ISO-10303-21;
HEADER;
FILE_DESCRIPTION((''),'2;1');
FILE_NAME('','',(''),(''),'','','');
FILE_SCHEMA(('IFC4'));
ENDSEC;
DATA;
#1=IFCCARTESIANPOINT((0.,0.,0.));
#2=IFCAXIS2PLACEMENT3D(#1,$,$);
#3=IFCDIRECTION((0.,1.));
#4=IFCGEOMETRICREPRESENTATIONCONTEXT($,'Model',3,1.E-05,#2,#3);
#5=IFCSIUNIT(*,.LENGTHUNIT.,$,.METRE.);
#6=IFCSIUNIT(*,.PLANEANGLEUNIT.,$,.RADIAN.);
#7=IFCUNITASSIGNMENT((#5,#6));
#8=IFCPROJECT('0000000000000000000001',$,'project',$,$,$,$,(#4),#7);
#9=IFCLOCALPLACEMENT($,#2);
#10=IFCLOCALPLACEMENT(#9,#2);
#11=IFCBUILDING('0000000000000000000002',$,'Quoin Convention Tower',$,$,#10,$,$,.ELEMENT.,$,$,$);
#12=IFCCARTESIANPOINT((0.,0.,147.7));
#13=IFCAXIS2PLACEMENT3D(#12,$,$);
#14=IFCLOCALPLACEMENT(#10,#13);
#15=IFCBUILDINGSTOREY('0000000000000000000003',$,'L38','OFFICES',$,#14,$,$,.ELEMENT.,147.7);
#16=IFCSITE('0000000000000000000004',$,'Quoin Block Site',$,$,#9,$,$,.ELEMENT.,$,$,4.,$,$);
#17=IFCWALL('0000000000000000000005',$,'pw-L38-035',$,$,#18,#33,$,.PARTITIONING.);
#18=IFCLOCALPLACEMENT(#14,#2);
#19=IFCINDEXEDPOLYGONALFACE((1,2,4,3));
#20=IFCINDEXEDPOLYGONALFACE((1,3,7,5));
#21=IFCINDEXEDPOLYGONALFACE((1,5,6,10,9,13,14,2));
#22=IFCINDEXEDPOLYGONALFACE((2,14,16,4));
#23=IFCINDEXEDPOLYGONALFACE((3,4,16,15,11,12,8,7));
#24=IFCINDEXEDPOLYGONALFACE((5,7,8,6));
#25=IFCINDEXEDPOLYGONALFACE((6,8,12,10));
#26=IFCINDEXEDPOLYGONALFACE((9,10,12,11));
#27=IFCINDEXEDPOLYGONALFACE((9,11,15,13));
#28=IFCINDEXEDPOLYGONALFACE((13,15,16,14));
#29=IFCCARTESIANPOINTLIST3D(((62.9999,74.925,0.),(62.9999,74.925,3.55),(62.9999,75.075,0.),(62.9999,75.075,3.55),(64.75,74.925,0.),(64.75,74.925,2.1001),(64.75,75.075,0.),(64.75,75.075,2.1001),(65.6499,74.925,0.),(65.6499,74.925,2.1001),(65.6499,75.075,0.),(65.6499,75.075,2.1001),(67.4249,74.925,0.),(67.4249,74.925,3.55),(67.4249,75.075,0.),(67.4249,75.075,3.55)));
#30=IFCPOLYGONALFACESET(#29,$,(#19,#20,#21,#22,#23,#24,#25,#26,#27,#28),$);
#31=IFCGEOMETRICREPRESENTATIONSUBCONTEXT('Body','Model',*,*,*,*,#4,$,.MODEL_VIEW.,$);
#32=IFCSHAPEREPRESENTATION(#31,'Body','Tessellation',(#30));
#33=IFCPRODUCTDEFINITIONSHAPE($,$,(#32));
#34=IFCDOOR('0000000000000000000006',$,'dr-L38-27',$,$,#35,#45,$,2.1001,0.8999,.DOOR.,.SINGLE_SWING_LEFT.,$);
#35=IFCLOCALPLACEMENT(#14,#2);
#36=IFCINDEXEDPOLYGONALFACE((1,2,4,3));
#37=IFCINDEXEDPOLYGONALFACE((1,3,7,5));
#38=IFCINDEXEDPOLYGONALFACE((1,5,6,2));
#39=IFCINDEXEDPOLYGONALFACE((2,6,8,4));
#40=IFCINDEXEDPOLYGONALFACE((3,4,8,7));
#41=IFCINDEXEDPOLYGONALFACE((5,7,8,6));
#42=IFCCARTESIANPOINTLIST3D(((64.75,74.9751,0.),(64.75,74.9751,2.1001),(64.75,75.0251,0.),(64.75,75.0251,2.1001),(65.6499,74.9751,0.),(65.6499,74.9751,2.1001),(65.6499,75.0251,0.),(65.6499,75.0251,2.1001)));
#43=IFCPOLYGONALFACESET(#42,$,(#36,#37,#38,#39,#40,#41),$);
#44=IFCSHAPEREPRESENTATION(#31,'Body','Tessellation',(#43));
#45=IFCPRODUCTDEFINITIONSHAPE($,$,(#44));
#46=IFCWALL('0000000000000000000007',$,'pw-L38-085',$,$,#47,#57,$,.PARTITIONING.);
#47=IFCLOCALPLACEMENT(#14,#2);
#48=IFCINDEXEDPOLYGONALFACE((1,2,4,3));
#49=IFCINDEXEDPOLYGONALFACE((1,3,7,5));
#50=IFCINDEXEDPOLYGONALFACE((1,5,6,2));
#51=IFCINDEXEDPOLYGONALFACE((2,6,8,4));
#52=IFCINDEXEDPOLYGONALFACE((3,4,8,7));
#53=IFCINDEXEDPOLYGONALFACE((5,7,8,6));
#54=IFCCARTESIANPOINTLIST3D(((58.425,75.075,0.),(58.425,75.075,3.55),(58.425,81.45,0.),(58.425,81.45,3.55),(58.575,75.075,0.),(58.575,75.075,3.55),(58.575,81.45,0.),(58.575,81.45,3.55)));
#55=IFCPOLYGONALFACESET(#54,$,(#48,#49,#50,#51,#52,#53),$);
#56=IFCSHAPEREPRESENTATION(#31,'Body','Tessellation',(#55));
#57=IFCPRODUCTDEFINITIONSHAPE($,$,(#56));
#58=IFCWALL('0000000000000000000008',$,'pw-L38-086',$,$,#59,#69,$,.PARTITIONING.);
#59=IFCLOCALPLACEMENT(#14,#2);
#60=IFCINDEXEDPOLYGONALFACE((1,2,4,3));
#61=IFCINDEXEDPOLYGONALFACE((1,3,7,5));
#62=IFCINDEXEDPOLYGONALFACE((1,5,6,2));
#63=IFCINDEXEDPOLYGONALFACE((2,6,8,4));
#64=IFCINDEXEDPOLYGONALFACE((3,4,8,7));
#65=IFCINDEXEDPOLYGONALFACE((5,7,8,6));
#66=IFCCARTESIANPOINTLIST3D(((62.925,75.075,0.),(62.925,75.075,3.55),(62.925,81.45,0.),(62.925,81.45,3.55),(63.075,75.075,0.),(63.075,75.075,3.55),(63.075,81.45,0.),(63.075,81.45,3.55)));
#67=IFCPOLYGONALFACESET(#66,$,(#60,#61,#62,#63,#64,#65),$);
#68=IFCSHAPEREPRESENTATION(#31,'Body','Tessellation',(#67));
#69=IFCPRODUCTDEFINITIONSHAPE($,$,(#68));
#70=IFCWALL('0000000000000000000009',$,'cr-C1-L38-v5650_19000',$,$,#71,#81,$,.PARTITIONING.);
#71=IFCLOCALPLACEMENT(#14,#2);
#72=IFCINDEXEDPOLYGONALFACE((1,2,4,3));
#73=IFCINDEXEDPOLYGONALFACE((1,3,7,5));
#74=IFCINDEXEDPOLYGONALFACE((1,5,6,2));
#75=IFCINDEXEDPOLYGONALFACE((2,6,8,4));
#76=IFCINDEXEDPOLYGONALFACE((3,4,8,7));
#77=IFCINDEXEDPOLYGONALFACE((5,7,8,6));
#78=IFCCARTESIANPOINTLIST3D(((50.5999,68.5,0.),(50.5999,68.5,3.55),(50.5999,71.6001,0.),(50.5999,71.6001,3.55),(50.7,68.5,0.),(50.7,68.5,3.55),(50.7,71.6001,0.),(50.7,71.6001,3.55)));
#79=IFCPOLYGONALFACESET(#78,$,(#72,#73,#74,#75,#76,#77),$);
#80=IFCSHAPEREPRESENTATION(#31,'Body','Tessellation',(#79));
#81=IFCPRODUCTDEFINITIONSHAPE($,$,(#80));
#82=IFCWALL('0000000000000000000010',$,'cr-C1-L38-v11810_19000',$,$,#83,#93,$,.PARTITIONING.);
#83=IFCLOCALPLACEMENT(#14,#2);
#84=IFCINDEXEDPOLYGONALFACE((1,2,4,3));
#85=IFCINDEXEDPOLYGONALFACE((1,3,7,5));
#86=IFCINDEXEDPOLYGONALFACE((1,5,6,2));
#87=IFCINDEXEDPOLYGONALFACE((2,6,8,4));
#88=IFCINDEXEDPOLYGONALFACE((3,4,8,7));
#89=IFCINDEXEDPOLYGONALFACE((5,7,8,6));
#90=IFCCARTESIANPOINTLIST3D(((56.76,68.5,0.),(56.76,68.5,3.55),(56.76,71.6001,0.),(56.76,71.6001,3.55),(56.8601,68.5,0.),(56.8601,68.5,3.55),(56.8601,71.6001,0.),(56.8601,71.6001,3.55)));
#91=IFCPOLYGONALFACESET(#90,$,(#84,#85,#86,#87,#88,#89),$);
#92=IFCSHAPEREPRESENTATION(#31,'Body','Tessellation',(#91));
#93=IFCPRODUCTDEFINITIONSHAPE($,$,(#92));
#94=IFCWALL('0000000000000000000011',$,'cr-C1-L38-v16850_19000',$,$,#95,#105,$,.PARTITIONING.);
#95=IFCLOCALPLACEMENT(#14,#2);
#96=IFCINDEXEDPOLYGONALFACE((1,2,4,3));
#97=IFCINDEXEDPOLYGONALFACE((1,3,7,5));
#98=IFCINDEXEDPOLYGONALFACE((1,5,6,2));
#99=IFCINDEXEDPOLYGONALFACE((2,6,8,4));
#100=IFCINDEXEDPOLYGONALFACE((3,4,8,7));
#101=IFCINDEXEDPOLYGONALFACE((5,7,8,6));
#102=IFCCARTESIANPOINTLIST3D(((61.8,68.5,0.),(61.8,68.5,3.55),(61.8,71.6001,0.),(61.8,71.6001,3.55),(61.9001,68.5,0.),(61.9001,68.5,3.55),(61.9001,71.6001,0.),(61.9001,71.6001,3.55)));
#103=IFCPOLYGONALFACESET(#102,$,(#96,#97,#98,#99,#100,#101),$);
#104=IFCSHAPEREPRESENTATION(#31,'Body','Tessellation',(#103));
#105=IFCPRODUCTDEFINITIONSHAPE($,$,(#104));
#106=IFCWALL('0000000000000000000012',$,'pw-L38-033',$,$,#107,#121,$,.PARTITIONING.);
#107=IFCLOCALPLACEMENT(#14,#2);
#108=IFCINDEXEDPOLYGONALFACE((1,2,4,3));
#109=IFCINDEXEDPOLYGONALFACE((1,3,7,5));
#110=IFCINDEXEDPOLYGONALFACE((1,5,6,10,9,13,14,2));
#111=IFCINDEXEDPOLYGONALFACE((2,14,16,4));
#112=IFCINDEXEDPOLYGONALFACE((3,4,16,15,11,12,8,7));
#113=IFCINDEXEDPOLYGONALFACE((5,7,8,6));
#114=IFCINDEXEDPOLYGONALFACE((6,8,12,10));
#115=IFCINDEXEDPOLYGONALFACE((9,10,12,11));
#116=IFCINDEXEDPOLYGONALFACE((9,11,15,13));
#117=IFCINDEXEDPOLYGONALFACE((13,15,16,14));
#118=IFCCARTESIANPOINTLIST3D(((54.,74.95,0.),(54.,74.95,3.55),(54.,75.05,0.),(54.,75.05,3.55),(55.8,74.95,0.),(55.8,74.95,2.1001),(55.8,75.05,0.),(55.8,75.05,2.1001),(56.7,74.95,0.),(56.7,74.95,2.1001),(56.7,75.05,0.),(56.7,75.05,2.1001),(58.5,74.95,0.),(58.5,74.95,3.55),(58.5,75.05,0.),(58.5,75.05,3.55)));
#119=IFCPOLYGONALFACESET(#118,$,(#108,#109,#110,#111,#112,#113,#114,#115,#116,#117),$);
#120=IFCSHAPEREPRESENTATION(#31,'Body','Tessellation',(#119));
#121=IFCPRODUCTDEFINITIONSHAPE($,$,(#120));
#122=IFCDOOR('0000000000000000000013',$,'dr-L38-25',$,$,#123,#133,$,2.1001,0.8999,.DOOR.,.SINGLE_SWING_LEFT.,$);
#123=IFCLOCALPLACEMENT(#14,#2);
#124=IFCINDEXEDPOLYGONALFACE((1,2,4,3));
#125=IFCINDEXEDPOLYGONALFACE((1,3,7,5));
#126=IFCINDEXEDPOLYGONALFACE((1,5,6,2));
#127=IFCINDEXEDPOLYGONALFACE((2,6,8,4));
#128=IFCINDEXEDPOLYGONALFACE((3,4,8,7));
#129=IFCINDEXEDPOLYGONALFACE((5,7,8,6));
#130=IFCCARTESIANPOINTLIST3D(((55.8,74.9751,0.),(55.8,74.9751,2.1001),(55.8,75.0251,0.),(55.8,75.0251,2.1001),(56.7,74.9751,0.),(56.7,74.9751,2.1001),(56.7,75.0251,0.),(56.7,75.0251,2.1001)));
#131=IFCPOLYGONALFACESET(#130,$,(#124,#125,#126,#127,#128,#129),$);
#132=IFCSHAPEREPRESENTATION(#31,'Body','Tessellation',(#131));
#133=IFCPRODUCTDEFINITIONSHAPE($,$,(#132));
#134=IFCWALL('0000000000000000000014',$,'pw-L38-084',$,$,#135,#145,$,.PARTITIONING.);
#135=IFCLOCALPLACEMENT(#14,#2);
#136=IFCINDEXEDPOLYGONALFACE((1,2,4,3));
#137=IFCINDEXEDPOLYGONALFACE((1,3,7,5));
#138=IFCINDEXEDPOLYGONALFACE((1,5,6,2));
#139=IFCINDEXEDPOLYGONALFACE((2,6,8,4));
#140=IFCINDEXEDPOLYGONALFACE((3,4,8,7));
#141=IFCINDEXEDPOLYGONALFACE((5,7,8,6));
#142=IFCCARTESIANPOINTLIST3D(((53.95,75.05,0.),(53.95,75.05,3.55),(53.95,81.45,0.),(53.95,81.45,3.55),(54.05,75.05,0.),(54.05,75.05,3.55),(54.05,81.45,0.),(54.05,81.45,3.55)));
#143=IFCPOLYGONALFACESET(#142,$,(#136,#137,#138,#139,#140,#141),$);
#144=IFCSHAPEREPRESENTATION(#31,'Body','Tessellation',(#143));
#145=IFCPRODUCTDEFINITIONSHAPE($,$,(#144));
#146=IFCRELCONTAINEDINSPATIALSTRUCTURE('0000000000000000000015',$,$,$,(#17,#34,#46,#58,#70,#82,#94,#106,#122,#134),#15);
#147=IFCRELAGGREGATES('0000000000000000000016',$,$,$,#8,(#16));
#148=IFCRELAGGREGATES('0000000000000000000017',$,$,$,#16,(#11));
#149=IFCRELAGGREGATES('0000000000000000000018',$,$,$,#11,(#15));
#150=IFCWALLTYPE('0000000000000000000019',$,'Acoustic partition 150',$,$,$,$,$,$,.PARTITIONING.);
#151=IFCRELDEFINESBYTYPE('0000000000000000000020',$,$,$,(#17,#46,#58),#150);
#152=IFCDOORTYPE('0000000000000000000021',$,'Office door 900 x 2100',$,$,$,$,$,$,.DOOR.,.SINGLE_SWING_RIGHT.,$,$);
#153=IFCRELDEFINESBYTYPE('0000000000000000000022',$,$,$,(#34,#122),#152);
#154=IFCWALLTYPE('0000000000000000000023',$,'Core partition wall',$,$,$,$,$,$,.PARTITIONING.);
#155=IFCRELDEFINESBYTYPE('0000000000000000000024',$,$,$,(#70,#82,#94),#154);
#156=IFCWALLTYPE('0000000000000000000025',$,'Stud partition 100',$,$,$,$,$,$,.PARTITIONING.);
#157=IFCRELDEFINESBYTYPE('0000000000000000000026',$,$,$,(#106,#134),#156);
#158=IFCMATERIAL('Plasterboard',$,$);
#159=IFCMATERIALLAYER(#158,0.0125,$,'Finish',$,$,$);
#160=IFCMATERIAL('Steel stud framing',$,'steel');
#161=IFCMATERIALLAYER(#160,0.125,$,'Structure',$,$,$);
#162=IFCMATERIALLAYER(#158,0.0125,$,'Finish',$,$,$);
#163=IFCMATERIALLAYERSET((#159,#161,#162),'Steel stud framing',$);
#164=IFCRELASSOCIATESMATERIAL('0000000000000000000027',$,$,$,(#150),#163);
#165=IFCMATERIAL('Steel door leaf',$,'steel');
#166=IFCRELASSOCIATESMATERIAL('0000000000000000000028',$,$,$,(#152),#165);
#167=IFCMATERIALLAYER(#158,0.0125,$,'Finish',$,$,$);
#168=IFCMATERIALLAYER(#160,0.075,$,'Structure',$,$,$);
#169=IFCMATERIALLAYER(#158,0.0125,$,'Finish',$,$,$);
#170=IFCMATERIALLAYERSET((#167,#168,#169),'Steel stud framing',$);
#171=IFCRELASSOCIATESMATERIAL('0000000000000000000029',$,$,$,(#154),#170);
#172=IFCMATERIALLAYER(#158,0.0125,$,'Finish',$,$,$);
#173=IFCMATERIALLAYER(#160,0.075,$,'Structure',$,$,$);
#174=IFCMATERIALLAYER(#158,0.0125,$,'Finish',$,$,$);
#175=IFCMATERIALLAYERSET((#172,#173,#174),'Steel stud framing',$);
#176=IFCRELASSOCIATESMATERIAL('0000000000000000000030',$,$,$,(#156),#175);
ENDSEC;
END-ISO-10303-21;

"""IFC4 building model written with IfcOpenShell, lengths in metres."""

from ifc_helpers import new_model, si_unit, direction, frame, frame_2d, origin, place, context, subcontext, project, spatial, rectangle, extrude, material, layer, layer_set, type_object, element, fill, save


model = new_model("IFC4")

# Units and contexts
model_context = context("Model", 3, precision=1e-05, world=origin(), true_north=direction((0.0, 1.0)))
body_context = subcontext(model_context, "Body", "Model", "MODEL_VIEW")
ifc_project = project(units=[si_unit("LENGTHUNIT", "METRE"), si_unit("PLANEANGLEUNIT", "RADIAN")], contexts=[model_context])

# Site, building, storey
site_placement = place(None, origin())
site = spatial("IfcSite", under=ifc_project, at=site_placement, Name="Quoin Block Site", CompositionType="ELEMENT", RefElevation=4.0)
building_placement = place(site_placement, origin())
building = spatial("IfcBuilding", under=site, at=building_placement, Name="Quoin Convention Tower", CompositionType="ELEMENT")
storey_placement = place(building_placement, frame((0.0, 0.0, 147.7)))
storey = spatial("IfcBuildingStorey", under=building, at=storey_placement, Name="L38", Description="OFFICES", CompositionType="ELEMENT", Elevation=147.7)

# Wall, opening, door
ifc_material_1 = material(Name="Plasterboard")
ifc_layer_1 = layer(ifc_material_1, 0.0125, Name="Finish")
ifc_material_2 = material(Name="Steel stud framing", Category="steel")
ifc_layer_2 = layer(ifc_material_2, 0.125, Name="Structure")
ifc_layer_3 = layer(ifc_material_1, 0.0125, Name="Finish")
ifc_layer_set_1 = layer_set([ifc_layer_1, ifc_layer_2, ifc_layer_3], Name="Steel stud framing")
wall_type_1 = type_object("IfcWallType", Name="Acoustic partition 150", PredefinedType="PARTITIONING", material=ifc_layer_set_1)
ifc_material_3 = material(Name="Steel door leaf", Category="steel")
door_type = type_object("IfcDoorType", Name="Office door 900 x 2100", OperationType="SINGLE_SWING_RIGHT", PredefinedType="DOOR", material=ifc_material_3)
wall_1_placement = place(storey_placement, frame((63.0, 75.0, 0.0), z_axis=(0.0, 0.0, 1.0), x_axis=(1.0, 0.0, 0.0)))
wall_1 = element("IfcWall", 1, at=wall_1_placement, inside=storey, type_object=wall_type_1, Name="pw-L38-035", PredefinedType="PARTITIONING", context=body_context, shape_type="SweptSolid", body=[
    extrude(rectangle(XDim=4.425, YDim=0.1499, at=frame_2d((2.2124, 0.0))), origin(), (0.0, 0.0, 1.0), 3.55),
])
opening_1_placement = place(wall_1_placement, frame((1.75, 0.0, 0.0)))
opening_1 = element("IfcOpeningElement", 2, at=opening_1_placement, cuts=wall_1, PredefinedType="OPENING", context=body_context, shape_type="SweptSolid", body=[
    extrude(rectangle(XDim=0.8999, YDim=2.1001, at=frame_2d((0.45, 1.05))), frame((0.0, 0.085, 0.0), z_axis=(0.0, -1.0, 0.0), x_axis=(1.0, 0.0, 0.0)), (0.0, 0.0, 1.0), 0.1699),
])
door_1_placement = place(opening_1_placement, frame((0.8999, 0.0, 0.0), z_axis=(0.0, 0.0, 1.0), x_axis=(-1.0, 0.0, 0.0)))
door_1 = element("IfcDoor", 3, at=door_1_placement, inside=storey, type_object=door_type, Name="dr-L38-27", OperationType="SINGLE_SWING_LEFT", OverallHeight=2.1001, OverallWidth=0.8999, PredefinedType="DOOR", context=body_context, shape_type="SweptSolid", body=[
    extrude(rectangle(XDim=0.8999, YDim=2.1001, at=frame_2d((0.45, 1.05))), frame((0.0, 0.0249, 0.0), z_axis=(0.0, -1.0, 0.0), x_axis=(1.0, 0.0, 0.0)), (0.0, 0.0, 1.0), 0.05),
])
fill(opening_1, door_1)

# Walls
for number, where, z_axis, x_axis, name in (
    (4, (58.5, 75.075, 0.0), (0.0, 0.0, 1.0), (0.0, 1.0, 0.0), "pw-L38-085"),
    (5, (63.0, 75.075, 0.0), (0.0, 0.0, 1.0), (0.0, 1.0, 0.0), "pw-L38-086"),
):
    element("IfcWall", number, at=place(storey_placement, frame(where, z_axis=z_axis, x_axis=x_axis)), inside=storey, type_object=wall_type_1, Name=name, PredefinedType="PARTITIONING", context=body_context, shape_type="SweptSolid", body=[
        extrude(rectangle(XDim=6.375, YDim=0.1499, at=frame_2d((3.1875, 0.0))), origin(), (0.0, 0.0, 1.0), 3.55),
    ])
ifc_layer_4 = layer(ifc_material_1, 0.0125, Name="Finish")
ifc_layer_5 = layer(ifc_material_2, 0.075, Name="Structure")
ifc_layer_6 = layer(ifc_material_1, 0.0125, Name="Finish")
ifc_layer_set_2 = layer_set([ifc_layer_4, ifc_layer_5, ifc_layer_6], Name="Steel stud framing")
wall_type_2 = type_object("IfcWallType", Name="Core partition wall", PredefinedType="PARTITIONING", material=ifc_layer_set_2)
for number, where, z_axis, x_axis, name in (
    (6, (50.6499, 68.5, 0.0), (0.0, 0.0, 1.0), (0.0, 1.0, 0.0), "cr-C1-L38-v5650_19000"),
    (7, (56.8101, 68.5, 0.0), (0.0, 0.0, 1.0), (0.0, 1.0, 0.0), "cr-C1-L38-v11810_19000"),
    (8, (61.8501, 68.5, 0.0), (0.0, 0.0, 1.0), (0.0, 1.0, 0.0), "cr-C1-L38-v16850_19000"),
):
    element("IfcWall", number, at=place(storey_placement, frame(where, z_axis=z_axis, x_axis=x_axis)), inside=storey, type_object=wall_type_2, Name=name, PredefinedType="PARTITIONING", context=body_context, shape_type="SweptSolid", body=[
        extrude(rectangle(XDim=3.1001, YDim=0.1001, at=frame_2d((1.55, 0.0))), origin(), (0.0, 0.0, 1.0), 3.55),
    ])

# Wall, opening, door
ifc_layer_7 = layer(ifc_material_1, 0.0125, Name="Finish")
ifc_layer_8 = layer(ifc_material_2, 0.075, Name="Structure")
ifc_layer_9 = layer(ifc_material_1, 0.0125, Name="Finish")
ifc_layer_set_3 = layer_set([ifc_layer_7, ifc_layer_8, ifc_layer_9], Name="Steel stud framing")
wall_type_3 = type_object("IfcWallType", Name="Stud partition 100", PredefinedType="PARTITIONING", material=ifc_layer_set_3)
wall_2_placement = place(storey_placement, frame((54.0, 75.0, 0.0), z_axis=(0.0, 0.0, 1.0), x_axis=(1.0, 0.0, 0.0)))
wall_2 = element("IfcWall", 9, at=wall_2_placement, inside=storey, type_object=wall_type_3, Name="pw-L38-033", PredefinedType="PARTITIONING", context=body_context, shape_type="SweptSolid", body=[
    extrude(rectangle(XDim=4.5, YDim=0.1001, at=frame_2d((2.25, 0.0))), origin(), (0.0, 0.0, 1.0), 3.55),
])
opening_2_placement = place(wall_2_placement, frame((1.8, 0.0, 0.0)))
opening_2 = element("IfcOpeningElement", 10, at=opening_2_placement, cuts=wall_2, PredefinedType="OPENING", context=body_context, shape_type="SweptSolid", body=[
    extrude(rectangle(XDim=0.8999, YDim=2.1001, at=frame_2d((0.45, 1.05))), frame((0.0, 0.0601, 0.0), z_axis=(0.0, -1.0, 0.0), x_axis=(1.0, 0.0, 0.0)), (0.0, 0.0, 1.0), 0.1201),
])
door_2_placement = place(opening_2_placement, frame((0.8999, 0.0, 0.0), z_axis=(0.0, 0.0, 1.0), x_axis=(-1.0, 0.0, 0.0)))
door_2 = element("IfcDoor", 11, at=door_2_placement, inside=storey, type_object=door_type, Name="dr-L38-25", OperationType="SINGLE_SWING_LEFT", OverallHeight=2.1001, OverallWidth=0.8999, PredefinedType="DOOR", context=body_context, shape_type="SweptSolid", body=[
    extrude(rectangle(XDim=0.8999, YDim=2.1001, at=frame_2d((0.45, 1.05))), frame((0.0, 0.0249, 0.0), z_axis=(0.0, -1.0, 0.0), x_axis=(1.0, 0.0, 0.0)), (0.0, 0.0, 1.0), 0.05),
])
fill(opening_2, door_2)

# Wall
wall_3_placement = place(storey_placement, frame((54.0, 75.05, 0.0), z_axis=(0.0, 0.0, 1.0), x_axis=(0.0, 1.0, 0.0)))
element("IfcWall", 12, at=wall_3_placement, inside=storey, type_object=wall_type_3, Name="pw-L38-084", PredefinedType="PARTITIONING", context=body_context, shape_type="SweptSolid", body=[
    extrude(rectangle(XDim=6.3999, YDim=0.1001, at=frame_2d((3.2, 0.0))), origin(), (0.0, 0.0, 1.0), 3.55),
])

save(model, "model.ifc")
